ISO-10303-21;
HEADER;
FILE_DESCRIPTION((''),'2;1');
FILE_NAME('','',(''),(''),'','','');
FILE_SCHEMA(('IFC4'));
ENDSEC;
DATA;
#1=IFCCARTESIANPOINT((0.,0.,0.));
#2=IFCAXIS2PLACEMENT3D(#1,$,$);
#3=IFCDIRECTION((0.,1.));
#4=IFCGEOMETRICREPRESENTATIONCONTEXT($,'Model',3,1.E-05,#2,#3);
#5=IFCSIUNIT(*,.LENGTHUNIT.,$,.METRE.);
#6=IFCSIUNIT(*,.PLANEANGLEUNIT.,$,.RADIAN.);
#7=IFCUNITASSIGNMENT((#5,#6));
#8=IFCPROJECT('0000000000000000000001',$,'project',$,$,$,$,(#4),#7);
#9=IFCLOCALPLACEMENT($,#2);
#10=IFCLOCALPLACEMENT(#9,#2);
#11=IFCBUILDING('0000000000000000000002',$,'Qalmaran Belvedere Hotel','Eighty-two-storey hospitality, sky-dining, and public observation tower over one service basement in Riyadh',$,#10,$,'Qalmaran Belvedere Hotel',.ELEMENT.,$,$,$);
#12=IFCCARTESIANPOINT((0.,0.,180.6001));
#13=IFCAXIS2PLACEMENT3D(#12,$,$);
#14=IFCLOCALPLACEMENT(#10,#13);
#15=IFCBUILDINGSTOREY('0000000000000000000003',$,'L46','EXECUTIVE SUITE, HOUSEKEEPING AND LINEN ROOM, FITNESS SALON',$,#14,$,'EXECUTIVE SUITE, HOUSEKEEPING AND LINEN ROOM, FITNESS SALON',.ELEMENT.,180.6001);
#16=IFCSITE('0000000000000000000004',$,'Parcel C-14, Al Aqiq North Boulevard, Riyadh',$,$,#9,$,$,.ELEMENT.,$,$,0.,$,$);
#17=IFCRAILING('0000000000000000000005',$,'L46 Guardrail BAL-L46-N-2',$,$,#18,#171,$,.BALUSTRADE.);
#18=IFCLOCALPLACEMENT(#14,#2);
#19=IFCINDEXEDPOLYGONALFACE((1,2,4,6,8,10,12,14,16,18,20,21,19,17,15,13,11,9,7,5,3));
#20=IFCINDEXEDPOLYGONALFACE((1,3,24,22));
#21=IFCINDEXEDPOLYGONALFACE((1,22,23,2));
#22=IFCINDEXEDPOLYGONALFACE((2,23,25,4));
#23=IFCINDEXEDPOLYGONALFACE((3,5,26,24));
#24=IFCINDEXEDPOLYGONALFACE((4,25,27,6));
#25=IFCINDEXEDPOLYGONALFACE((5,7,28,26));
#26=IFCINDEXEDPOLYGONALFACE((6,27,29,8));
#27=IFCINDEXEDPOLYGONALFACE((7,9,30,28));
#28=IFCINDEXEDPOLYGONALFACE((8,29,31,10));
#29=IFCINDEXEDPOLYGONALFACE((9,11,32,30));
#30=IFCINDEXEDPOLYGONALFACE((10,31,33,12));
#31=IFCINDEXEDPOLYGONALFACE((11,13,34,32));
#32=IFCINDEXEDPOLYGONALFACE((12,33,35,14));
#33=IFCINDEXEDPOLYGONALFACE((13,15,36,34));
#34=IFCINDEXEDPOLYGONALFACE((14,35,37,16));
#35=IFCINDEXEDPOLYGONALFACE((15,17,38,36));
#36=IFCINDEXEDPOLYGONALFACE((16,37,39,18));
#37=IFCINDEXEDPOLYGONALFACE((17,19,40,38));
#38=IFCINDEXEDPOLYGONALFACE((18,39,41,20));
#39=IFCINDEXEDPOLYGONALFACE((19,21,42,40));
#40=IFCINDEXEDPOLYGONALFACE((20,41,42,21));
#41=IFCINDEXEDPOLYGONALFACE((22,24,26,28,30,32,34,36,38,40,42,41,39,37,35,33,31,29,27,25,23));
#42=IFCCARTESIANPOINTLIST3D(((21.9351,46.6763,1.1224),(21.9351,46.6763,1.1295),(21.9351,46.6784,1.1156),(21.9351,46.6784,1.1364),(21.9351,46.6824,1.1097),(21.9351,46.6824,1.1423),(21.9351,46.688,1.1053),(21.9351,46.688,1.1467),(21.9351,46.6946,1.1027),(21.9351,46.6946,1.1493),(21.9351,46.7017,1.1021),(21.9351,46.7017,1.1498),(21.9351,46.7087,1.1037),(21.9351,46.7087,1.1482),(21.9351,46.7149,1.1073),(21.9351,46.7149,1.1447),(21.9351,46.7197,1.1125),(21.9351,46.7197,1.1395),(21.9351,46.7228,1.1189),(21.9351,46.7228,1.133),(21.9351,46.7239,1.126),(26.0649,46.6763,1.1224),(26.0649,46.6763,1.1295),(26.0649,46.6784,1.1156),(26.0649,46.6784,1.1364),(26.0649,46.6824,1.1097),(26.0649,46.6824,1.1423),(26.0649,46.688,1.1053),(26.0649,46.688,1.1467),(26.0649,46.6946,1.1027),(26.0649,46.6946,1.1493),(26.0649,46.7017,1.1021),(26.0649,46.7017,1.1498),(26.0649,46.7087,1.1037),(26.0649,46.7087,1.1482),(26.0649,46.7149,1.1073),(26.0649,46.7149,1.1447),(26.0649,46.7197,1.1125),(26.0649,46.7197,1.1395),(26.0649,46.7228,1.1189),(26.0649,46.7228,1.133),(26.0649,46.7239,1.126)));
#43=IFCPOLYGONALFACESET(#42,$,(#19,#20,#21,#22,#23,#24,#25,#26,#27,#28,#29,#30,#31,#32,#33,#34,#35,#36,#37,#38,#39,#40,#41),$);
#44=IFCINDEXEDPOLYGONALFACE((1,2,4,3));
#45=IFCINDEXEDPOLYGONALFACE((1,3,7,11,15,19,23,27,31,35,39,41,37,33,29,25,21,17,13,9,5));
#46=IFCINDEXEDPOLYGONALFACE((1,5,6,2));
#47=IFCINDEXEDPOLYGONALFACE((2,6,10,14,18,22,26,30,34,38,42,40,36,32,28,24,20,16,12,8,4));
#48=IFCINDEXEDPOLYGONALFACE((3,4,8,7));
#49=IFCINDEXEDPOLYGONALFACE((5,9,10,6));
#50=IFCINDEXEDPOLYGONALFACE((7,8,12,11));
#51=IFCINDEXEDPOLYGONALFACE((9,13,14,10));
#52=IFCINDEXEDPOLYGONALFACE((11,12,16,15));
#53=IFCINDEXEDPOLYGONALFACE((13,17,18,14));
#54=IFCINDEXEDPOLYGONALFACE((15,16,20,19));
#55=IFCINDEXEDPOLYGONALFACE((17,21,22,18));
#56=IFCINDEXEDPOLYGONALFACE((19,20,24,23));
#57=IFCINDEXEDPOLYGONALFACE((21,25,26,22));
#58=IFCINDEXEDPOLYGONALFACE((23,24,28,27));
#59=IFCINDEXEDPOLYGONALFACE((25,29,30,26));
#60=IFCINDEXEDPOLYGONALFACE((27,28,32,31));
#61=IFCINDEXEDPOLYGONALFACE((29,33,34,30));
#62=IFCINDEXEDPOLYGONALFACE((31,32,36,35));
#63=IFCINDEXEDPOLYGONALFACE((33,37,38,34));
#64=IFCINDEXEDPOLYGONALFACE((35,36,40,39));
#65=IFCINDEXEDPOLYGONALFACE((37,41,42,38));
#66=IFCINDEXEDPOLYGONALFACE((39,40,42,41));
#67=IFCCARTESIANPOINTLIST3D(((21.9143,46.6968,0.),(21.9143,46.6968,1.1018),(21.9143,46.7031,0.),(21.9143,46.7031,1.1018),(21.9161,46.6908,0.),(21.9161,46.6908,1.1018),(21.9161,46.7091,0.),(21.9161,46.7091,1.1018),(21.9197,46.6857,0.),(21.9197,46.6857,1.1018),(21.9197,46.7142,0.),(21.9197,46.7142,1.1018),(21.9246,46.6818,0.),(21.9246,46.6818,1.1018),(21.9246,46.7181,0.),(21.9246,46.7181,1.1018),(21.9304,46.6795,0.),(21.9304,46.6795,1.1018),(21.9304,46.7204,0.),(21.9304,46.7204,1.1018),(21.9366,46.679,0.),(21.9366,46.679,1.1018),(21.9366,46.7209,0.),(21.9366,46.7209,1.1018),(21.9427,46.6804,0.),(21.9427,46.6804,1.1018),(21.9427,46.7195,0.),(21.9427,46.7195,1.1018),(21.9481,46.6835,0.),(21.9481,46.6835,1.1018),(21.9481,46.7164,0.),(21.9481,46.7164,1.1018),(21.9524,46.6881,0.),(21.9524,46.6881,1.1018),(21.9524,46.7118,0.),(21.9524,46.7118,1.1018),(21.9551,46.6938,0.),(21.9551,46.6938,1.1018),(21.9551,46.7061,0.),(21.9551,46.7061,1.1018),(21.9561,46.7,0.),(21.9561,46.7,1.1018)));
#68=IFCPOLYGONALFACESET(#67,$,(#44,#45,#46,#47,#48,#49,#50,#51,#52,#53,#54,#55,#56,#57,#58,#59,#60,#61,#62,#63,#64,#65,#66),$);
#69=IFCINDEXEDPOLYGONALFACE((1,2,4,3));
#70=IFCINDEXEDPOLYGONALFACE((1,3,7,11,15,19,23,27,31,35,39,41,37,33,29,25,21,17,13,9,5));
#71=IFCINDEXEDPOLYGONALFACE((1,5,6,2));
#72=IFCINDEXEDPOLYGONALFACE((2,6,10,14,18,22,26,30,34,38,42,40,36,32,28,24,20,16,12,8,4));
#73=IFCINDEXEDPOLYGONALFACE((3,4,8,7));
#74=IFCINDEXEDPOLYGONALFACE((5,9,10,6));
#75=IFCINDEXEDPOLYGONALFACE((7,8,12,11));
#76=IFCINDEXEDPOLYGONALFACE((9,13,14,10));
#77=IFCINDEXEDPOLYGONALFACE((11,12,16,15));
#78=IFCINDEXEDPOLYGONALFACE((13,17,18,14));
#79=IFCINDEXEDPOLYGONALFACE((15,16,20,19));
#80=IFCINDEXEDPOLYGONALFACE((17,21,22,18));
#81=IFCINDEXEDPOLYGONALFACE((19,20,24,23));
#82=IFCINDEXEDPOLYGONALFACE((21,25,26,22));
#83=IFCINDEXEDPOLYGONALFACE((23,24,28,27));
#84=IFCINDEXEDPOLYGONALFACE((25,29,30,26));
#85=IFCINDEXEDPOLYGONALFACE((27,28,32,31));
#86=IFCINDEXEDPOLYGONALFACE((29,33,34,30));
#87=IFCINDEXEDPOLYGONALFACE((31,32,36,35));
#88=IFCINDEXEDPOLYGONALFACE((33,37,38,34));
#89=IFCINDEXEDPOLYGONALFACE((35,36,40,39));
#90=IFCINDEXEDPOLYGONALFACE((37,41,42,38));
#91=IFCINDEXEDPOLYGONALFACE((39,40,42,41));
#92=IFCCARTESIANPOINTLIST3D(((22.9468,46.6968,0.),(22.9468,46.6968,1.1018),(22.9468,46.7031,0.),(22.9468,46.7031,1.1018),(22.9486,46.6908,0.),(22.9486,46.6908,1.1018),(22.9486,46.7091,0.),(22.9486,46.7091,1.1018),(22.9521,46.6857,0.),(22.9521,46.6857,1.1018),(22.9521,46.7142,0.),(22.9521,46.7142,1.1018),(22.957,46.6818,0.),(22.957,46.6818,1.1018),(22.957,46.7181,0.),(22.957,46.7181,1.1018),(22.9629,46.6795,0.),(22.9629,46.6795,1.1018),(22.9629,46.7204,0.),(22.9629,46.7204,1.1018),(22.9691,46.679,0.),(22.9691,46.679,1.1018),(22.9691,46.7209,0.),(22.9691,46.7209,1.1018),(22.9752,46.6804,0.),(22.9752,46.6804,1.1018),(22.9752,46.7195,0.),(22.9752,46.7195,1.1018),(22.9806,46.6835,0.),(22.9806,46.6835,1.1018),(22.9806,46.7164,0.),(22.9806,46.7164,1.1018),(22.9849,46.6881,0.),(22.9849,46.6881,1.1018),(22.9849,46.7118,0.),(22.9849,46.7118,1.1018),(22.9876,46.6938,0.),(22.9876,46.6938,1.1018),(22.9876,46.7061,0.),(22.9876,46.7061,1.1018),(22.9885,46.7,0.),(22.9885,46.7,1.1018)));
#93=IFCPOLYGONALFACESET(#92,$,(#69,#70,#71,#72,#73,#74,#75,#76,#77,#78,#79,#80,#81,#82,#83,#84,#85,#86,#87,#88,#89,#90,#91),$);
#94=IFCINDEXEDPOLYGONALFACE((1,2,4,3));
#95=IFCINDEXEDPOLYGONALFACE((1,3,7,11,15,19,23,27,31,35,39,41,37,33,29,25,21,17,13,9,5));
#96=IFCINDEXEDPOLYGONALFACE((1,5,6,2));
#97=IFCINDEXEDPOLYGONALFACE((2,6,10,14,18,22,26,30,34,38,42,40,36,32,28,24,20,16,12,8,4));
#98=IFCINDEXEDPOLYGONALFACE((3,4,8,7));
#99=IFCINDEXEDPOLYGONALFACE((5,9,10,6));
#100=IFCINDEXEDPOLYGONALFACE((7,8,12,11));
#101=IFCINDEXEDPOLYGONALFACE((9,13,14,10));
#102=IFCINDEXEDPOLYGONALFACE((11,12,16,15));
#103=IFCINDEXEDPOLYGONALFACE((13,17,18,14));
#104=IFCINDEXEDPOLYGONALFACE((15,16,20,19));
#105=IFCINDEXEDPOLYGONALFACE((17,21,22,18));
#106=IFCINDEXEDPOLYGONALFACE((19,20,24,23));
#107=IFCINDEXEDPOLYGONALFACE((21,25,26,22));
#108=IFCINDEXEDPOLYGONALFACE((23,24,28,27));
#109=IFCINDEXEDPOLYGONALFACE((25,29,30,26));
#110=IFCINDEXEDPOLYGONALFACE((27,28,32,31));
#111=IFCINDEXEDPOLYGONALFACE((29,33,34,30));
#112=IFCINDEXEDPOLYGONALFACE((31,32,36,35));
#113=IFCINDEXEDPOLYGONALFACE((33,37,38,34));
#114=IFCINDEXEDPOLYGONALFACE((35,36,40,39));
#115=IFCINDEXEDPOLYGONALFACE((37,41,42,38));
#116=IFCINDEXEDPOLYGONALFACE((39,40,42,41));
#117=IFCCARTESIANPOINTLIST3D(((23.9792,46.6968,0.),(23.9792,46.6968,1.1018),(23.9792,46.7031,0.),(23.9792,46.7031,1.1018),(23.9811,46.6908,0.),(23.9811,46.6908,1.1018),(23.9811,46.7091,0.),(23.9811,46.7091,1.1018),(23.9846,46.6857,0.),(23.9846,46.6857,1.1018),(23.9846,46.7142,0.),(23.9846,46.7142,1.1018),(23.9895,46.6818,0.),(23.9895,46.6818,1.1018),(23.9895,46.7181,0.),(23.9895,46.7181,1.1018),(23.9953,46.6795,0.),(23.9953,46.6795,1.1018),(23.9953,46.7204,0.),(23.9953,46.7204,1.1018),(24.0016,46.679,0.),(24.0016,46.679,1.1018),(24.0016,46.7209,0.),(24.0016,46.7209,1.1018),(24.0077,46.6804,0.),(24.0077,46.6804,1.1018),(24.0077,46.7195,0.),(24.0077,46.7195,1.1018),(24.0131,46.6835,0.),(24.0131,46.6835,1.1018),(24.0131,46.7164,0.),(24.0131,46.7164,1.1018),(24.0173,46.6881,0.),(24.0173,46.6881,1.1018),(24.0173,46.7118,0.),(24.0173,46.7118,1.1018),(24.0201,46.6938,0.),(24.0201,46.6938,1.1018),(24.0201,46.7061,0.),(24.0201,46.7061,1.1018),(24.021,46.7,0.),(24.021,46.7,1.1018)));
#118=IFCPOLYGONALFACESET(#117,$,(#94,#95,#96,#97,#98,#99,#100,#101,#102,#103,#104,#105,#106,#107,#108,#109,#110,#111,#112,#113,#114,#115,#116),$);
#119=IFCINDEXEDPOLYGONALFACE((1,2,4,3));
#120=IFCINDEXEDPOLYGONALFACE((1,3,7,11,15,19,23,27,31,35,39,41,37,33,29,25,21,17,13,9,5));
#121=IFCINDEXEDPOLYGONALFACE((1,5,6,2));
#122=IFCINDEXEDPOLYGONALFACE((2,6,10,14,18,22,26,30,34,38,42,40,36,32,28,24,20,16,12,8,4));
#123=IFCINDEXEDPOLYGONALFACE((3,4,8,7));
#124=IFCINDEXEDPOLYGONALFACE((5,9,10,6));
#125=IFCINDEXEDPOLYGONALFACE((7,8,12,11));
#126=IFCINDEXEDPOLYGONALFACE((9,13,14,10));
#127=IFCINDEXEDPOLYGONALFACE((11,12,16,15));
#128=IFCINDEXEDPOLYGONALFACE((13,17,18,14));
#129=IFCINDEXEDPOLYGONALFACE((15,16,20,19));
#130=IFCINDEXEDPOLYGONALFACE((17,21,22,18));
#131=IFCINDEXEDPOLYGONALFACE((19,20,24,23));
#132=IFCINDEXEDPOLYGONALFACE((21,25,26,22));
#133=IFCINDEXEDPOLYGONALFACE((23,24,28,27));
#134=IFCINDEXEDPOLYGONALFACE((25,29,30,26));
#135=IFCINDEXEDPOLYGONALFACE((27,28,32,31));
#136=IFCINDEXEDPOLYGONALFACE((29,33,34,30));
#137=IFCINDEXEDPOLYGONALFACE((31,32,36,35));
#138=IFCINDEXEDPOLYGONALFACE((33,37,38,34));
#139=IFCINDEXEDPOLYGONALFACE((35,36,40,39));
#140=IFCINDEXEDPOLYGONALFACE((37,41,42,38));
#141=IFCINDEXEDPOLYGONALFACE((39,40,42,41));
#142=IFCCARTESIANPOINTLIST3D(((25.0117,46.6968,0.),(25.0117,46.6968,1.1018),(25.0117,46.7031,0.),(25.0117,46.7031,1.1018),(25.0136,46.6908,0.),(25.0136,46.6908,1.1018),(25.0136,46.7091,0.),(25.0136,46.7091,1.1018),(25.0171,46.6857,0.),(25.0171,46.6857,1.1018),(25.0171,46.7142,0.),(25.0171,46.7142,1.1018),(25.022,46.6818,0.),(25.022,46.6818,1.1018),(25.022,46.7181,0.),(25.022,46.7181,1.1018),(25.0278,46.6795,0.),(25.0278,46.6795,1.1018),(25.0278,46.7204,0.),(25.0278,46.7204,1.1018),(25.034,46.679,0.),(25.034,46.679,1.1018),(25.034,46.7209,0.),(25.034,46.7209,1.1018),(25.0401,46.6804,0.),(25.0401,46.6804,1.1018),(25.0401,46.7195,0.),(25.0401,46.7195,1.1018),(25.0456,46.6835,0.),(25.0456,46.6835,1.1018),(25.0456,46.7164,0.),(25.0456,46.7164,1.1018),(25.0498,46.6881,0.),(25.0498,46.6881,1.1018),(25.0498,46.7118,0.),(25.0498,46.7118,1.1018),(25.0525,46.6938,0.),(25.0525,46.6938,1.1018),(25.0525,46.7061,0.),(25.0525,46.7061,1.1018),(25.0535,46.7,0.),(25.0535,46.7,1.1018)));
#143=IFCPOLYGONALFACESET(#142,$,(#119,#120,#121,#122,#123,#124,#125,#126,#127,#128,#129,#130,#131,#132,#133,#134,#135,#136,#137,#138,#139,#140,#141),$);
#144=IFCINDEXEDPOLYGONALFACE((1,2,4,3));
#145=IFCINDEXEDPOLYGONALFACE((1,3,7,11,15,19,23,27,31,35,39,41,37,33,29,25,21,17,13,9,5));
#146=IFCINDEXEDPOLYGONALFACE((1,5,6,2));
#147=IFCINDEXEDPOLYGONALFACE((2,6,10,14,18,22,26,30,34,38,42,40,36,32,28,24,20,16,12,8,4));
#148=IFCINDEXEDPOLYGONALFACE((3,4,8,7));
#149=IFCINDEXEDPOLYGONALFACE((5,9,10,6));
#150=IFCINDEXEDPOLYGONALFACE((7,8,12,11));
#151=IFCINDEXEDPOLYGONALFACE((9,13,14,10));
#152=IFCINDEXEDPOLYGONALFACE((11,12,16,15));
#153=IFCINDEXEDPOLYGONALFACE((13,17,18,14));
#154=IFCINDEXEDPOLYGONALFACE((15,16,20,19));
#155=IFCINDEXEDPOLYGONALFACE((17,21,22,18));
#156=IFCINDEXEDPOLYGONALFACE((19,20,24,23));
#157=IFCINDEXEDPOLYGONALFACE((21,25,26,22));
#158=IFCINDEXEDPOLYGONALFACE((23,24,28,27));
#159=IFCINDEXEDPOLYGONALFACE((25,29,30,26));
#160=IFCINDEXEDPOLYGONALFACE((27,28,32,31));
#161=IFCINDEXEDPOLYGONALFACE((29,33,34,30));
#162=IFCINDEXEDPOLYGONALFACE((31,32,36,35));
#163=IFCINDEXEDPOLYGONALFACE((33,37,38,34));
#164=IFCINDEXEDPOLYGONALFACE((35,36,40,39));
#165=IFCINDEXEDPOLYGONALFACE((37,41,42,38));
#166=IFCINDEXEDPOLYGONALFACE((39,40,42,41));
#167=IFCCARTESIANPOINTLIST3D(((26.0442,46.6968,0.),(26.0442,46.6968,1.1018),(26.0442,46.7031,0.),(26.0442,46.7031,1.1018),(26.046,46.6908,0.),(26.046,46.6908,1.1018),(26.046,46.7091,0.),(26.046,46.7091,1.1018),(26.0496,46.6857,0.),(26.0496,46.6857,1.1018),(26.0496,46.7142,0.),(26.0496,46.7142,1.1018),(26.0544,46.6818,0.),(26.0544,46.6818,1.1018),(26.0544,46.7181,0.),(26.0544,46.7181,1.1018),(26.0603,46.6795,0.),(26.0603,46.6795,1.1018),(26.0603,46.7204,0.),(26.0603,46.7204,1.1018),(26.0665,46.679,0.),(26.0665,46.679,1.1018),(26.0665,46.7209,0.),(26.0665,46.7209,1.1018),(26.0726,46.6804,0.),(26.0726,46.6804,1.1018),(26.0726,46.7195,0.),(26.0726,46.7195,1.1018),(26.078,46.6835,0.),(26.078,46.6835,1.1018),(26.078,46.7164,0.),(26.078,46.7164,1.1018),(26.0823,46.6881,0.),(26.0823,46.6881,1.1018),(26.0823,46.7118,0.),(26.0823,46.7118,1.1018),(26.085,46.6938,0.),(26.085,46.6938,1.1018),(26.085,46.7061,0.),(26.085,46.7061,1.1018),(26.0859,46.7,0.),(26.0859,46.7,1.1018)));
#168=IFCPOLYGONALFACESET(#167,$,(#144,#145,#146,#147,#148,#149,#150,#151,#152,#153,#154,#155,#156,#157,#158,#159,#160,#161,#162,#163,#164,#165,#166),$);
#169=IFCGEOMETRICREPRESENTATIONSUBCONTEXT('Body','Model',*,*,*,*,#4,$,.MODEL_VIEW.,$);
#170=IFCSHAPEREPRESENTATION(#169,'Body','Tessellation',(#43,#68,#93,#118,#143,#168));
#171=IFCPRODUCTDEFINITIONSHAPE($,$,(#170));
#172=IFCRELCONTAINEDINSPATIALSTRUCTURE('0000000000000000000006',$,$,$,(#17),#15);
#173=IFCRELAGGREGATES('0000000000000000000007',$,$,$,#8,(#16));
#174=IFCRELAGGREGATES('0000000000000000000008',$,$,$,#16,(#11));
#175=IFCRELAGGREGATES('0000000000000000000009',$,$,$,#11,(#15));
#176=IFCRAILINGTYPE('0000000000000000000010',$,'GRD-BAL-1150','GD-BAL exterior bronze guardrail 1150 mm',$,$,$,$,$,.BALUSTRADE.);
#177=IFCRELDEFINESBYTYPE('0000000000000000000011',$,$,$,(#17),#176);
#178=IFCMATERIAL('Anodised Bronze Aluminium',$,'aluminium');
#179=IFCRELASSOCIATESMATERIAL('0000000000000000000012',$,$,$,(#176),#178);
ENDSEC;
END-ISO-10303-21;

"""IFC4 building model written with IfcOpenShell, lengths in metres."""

from ifc_helpers import new_model, si_unit, direction, frame, origin, origin_2d, place, context, subcontext, project, spatial, circle, extrude, material, type_object, element, save


model = new_model("IFC4")

# Units and contexts
model_context = context("Model", 3, precision=1e-05, world=origin(), true_north=direction((0.0, 1.0)))
body_context = subcontext(model_context, "Body", "Model", "MODEL_VIEW")
ifc_project = project(units=[si_unit("LENGTHUNIT", "METRE"), si_unit("PLANEANGLEUNIT", "RADIAN")], contexts=[model_context])

# Site, building, storey
site_placement = place(None, origin())
site = spatial("IfcSite", under=ifc_project, at=site_placement, Name="Parcel C-14, Al Aqiq North Boulevard, Riyadh", CompositionType="ELEMENT", RefElevation=0.0)
building_placement = place(site_placement, origin())
building = spatial("IfcBuilding", under=site, at=building_placement, Name="Qalmaran Belvedere Hotel", Description="Eighty-two-storey hospitality, sky-dining, and public observation tower over one service basement in Riyadh", LongName="Qalmaran Belvedere Hotel", CompositionType="ELEMENT")
storey_placement = place(building_placement, frame((0.0, 0.0, 180.6001)))
storey = spatial("IfcBuildingStorey", under=building, at=storey_placement, Name="L46", Description="EXECUTIVE SUITE, HOUSEKEEPING AND LINEN ROOM, FITNESS SALON", LongName="EXECUTIVE SUITE, HOUSEKEEPING AND LINEN ROOM, FITNESS SALON", CompositionType="ELEMENT", Elevation=180.6001)

# Shared definitions
ifc_material_1 = material(Name="Anodised Bronze Aluminium", Category="aluminium")

# Railing
railing_type = type_object("IfcRailingType", Name="GRD-BAL-1150", Description="GD-BAL exterior bronze guardrail 1150 mm", PredefinedType="BALUSTRADE", material=ifc_material_1)
railing_1_placement = place(storey_placement, frame((21.9351, 46.7, 0.0)))
element("IfcRailing", 1, at=railing_1_placement, inside=storey, type_object=railing_type, Name="L46 Guardrail BAL-L46-N-2", PredefinedType="BALUSTRADE", context=body_context, shape_type="SweptSolid", body=[
    extrude(circle(Radius=0.0239, at=origin_2d()), frame((0.0, 0.0, 1.126), z_axis=(1.0, 0.0, 0.0), x_axis=(0.0, 1.0, 0.0)), (0.0, 0.0, 1.0), 4.1299),
    extrude(circle(Radius=0.021, at=origin_2d()), origin(), (0.0, 0.0, 1.0), 1.1018),
    extrude(circle(Radius=0.021, at=origin_2d()), frame((1.0325, 0.0, 0.0)), (0.0, 0.0, 1.0), 1.1018),
    extrude(circle(Radius=0.021, at=origin_2d()), frame((2.0649, 0.0, 0.0)), (0.0, 0.0, 1.0), 1.1018),
    extrude(circle(Radius=0.021, at=origin_2d()), frame((3.0974, 0.0, 0.0)), (0.0, 0.0, 1.0), 1.1018),
    extrude(circle(Radius=0.021, at=origin_2d()), frame((4.1299, 0.0, 0.0)), (0.0, 0.0, 1.0), 1.1018),
])

save(model, "model.ifc")
